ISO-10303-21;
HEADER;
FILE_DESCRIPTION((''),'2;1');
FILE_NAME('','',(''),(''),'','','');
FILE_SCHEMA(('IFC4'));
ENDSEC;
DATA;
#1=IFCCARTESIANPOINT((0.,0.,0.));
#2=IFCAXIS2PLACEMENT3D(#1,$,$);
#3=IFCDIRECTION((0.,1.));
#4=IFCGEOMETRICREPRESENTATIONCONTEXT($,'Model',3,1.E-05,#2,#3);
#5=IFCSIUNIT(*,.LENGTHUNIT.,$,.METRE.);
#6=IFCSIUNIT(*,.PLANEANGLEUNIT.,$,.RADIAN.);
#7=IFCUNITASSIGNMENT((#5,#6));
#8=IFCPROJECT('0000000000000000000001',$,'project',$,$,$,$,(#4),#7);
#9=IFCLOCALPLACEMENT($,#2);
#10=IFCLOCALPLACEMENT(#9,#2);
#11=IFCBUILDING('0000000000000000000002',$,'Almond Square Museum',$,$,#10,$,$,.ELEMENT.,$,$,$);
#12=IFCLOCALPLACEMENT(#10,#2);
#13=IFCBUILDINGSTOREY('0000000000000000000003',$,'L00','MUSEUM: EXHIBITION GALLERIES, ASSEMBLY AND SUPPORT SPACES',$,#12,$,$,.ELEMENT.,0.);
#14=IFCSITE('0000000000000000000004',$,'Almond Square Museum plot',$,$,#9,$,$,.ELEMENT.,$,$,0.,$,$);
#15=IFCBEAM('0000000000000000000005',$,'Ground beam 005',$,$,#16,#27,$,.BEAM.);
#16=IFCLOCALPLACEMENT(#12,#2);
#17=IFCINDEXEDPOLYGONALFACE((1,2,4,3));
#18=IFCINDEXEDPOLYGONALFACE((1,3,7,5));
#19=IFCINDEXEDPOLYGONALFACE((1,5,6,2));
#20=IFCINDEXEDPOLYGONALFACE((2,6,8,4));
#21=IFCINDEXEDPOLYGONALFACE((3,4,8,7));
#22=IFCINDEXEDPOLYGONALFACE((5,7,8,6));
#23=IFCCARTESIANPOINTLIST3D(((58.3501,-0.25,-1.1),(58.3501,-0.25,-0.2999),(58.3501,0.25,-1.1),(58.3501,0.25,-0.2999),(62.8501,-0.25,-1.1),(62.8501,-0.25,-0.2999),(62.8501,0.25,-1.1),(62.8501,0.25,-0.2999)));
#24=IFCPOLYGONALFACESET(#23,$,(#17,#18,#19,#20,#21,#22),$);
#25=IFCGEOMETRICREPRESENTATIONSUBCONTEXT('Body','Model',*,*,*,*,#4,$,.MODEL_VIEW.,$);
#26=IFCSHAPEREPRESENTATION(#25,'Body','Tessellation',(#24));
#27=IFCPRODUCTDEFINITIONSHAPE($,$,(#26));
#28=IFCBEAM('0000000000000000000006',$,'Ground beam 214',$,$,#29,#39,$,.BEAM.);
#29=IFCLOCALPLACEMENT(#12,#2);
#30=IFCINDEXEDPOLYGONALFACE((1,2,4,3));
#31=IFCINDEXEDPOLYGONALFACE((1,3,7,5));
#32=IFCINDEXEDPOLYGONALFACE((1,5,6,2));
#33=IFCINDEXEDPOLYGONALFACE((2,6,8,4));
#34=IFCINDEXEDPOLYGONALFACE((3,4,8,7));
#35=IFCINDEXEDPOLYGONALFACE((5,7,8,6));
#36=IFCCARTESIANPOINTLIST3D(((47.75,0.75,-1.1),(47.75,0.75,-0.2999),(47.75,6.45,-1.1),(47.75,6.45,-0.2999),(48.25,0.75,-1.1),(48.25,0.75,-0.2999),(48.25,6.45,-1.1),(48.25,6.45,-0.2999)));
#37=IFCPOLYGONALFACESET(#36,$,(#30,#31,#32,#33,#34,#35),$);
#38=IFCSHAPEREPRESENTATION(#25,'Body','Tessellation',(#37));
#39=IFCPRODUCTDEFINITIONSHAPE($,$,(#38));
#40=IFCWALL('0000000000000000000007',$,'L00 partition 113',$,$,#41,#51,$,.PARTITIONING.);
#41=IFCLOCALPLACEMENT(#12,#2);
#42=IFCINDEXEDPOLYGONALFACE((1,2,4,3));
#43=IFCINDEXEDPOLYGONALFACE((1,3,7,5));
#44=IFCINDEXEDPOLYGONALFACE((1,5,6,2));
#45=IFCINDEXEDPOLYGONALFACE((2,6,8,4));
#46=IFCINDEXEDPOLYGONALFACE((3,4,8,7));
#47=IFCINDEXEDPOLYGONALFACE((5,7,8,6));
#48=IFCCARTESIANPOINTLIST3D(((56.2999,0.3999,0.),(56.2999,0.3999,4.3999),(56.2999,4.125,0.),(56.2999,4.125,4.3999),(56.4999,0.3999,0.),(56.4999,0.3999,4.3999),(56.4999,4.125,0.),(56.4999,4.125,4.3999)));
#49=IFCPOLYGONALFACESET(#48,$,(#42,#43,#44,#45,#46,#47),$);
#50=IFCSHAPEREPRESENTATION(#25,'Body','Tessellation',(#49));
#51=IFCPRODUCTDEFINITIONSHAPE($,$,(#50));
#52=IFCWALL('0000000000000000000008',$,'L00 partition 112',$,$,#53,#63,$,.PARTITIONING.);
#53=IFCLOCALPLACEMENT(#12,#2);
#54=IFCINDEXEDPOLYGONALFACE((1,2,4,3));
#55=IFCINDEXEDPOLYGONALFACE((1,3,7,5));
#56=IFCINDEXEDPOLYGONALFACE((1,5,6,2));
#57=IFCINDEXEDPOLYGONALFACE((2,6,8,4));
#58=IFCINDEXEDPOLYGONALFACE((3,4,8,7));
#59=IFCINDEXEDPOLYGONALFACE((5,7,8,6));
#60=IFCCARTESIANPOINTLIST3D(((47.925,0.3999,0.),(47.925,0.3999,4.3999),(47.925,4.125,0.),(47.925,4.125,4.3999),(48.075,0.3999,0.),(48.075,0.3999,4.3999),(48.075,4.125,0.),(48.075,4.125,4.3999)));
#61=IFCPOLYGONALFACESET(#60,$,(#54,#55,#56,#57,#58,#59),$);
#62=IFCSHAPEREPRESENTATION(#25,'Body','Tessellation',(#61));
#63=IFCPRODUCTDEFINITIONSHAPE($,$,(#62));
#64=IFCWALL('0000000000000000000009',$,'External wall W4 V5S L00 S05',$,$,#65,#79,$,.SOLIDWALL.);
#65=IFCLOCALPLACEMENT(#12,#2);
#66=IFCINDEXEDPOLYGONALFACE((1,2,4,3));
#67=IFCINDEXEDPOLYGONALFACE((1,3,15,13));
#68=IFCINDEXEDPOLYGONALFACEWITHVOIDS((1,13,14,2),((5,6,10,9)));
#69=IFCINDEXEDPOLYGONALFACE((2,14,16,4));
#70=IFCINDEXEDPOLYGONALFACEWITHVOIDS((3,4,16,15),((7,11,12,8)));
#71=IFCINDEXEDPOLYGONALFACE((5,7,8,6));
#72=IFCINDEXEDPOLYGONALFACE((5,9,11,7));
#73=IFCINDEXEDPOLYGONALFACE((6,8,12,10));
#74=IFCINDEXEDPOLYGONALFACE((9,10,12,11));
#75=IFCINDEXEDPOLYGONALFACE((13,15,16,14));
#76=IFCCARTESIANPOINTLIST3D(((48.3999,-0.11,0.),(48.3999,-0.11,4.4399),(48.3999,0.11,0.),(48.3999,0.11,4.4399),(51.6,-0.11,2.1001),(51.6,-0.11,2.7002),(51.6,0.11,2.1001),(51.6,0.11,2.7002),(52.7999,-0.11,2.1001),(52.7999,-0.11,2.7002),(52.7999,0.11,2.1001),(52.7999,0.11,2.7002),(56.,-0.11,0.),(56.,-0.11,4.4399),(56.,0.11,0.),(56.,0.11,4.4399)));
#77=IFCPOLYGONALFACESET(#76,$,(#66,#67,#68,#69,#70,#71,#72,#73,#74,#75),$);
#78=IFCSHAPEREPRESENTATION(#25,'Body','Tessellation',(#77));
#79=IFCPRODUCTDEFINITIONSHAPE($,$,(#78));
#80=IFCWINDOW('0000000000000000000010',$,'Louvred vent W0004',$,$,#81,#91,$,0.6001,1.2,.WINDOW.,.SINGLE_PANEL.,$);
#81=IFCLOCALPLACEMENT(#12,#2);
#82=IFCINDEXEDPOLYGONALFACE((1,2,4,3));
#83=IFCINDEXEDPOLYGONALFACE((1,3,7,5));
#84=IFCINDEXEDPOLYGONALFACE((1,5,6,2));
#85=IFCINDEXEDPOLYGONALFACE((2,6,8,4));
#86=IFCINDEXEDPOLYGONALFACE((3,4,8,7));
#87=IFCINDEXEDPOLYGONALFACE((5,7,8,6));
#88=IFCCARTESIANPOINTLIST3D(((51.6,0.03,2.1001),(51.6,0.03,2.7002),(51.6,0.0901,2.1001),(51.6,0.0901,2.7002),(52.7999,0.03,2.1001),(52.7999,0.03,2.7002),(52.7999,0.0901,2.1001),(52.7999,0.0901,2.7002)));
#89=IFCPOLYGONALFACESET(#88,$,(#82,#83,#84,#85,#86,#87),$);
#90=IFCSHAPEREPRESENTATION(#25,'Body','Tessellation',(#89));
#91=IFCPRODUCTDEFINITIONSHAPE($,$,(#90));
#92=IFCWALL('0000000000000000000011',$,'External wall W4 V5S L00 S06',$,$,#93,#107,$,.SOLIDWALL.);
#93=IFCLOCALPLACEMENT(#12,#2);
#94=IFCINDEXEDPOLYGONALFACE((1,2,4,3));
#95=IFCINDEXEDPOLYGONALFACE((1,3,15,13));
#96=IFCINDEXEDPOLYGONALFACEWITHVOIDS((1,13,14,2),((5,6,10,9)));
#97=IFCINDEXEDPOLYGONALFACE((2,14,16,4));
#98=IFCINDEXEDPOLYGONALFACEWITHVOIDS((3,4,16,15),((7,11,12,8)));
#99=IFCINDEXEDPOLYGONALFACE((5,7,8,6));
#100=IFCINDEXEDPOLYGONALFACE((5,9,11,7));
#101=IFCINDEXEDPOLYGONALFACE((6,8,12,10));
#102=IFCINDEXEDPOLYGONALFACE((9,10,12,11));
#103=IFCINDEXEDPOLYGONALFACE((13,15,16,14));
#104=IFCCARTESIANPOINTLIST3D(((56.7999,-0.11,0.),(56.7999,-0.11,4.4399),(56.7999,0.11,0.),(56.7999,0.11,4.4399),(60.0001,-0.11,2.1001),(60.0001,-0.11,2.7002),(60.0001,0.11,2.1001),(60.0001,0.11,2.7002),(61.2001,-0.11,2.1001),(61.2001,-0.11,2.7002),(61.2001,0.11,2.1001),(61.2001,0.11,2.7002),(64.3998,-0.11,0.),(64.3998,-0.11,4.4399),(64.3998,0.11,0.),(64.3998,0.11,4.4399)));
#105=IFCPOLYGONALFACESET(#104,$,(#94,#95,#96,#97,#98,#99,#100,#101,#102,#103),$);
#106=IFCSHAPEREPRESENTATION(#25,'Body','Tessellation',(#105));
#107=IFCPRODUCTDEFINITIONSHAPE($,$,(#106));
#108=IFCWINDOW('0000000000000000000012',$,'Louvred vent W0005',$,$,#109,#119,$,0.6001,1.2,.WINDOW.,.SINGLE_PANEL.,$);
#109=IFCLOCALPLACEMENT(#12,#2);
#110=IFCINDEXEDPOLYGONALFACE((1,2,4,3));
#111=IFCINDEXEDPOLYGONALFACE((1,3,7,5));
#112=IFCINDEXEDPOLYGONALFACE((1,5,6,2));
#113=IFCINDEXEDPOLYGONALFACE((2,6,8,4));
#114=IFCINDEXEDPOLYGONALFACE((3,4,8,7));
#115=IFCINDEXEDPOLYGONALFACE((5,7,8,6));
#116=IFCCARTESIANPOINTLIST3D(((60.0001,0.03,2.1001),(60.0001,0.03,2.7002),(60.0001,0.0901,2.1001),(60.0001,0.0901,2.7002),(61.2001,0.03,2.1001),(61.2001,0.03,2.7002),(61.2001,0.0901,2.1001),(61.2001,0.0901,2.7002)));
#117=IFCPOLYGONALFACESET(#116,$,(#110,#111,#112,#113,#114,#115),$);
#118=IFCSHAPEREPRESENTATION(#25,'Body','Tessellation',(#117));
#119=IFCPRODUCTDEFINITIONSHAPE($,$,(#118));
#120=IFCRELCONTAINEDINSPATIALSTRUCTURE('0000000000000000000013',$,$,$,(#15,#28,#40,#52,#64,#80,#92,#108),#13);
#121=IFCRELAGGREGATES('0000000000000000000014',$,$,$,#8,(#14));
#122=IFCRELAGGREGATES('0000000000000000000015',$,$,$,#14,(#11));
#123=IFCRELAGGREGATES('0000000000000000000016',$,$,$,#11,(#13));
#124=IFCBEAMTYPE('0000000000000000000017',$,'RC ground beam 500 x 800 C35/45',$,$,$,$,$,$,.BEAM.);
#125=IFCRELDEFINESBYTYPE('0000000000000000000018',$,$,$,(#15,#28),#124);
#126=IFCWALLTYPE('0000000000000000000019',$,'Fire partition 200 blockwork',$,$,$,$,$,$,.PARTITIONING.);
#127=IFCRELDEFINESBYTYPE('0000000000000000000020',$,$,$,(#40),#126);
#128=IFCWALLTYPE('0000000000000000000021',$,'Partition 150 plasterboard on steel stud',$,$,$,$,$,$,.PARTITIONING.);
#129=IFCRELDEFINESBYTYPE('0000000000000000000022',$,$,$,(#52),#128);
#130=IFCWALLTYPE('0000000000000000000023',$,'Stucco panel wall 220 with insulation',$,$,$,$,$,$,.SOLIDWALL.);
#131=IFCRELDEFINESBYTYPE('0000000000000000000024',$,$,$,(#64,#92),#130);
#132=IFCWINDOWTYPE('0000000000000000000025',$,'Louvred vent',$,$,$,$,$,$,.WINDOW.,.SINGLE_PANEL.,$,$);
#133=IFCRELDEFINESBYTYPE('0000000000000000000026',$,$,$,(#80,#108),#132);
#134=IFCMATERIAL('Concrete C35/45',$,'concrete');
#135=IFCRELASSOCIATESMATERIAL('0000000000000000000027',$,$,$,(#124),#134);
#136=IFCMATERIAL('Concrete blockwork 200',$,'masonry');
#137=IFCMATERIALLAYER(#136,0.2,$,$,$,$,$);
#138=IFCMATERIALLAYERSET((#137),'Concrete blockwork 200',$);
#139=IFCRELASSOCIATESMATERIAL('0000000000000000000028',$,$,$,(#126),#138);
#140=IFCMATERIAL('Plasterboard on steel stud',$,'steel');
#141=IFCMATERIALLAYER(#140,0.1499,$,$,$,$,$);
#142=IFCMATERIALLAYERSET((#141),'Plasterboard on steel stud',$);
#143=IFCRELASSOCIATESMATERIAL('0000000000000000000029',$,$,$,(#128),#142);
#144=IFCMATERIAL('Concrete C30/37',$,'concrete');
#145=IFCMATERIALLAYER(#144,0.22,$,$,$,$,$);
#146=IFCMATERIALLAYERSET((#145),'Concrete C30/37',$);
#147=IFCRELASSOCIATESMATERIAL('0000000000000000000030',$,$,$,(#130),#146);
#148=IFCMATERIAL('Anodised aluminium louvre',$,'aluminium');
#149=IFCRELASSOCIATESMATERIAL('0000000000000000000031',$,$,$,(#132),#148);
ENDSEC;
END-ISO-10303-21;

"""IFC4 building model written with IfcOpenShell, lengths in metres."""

from ifc_helpers import new_model, si_unit, direction, frame, frame_2d, origin, origin_2d, place, context, subcontext, project, spatial, rectangle, extrude, material, layer, layer_set, material_profile, profile_set, type_object, element, fill, save


model = new_model("IFC4")

# Units and contexts
model_context = context("Model", 3, precision=1e-05, world=origin(), true_north=direction((0.0, 1.0)))
body_context = subcontext(model_context, "Body", "Model", "MODEL_VIEW")
ifc_project = project(units=[si_unit("LENGTHUNIT", "METRE"), si_unit("PLANEANGLEUNIT", "RADIAN")], contexts=[model_context])

# Site, building, storey
site_placement = place(None, origin())
site = spatial("IfcSite", under=ifc_project, at=site_placement, Name="Almond Square Museum plot", CompositionType="ELEMENT", RefElevation=0.0)
building_placement = place(site_placement, origin())
building = spatial("IfcBuilding", under=site, at=building_placement, Name="Almond Square Museum", CompositionType="ELEMENT")
storey_placement = place(building_placement, origin())
storey = spatial("IfcBuildingStorey", under=building, at=storey_placement, Name="L00", Description="MUSEUM: EXHIBITION GALLERIES, ASSEMBLY AND SUPPORT SPACES", CompositionType="ELEMENT", Elevation=0.0)

# Beams
ifc_material_1 = material(Name="Concrete C35/45", Category="concrete")
ifc_material_profile_1 = material_profile(ifc_material_1, rectangle(XDim=0.5, YDim=0.8, at=origin_2d()))
ifc_profile_set_1 = profile_set([ifc_material_profile_1], Name="Concrete C35/45")
beam_type = type_object("IfcBeamType", Name="RC ground beam 500 x 800 C35/45", PredefinedType="BEAM", material=ifc_profile_set_1)
for number, where, z_axis, x_axis, name in (
    (1, (58.3501, 0.0, -0.7), (1.0, 0.0, 0.0), (0.0, 1.0, 0.0), "Ground beam 005"),
):
    element("IfcBeam", number, at=place(storey_placement, frame(where, z_axis=z_axis, x_axis=x_axis)), inside=storey, type_object=beam_type, Name=name, PredefinedType="BEAM", context=body_context, shape_type="SweptSolid", body=[
        extrude(rectangle(XDim=0.5, YDim=0.8, at=origin_2d()), origin(), (0.0, 0.0, 1.0), 4.5),
    ])
beam_placement = place(storey_placement, frame((48.0, 0.75, -0.7), z_axis=(0.0, 1.0, 0.0), x_axis=(-1.0, 0.0, 0.0)))
element("IfcBeam", 2, at=beam_placement, inside=storey, type_object=beam_type, Name="Ground beam 214", PredefinedType="BEAM", context=body_context, shape_type="SweptSolid", body=[
    extrude(rectangle(XDim=0.5, YDim=0.8, at=origin_2d()), origin(), (0.0, 0.0, 1.0), 5.7),
])

# Walls
ifc_material_2 = material(Name="Concrete blockwork 200", Category="masonry")
ifc_layer_1 = layer(ifc_material_2, 0.2)
ifc_layer_set_1 = layer_set([ifc_layer_1], Name="Concrete blockwork 200")
wall_type_1 = type_object("IfcWallType", Name="Fire partition 200 blockwork", PredefinedType="PARTITIONING", material=ifc_layer_set_1)
wall_1_placement = place(storey_placement, frame((56.3999, 0.3999, 0.0), z_axis=(0.0, 0.0, 1.0), x_axis=(0.0, 1.0, 0.0)))
element("IfcWall", 3, at=wall_1_placement, inside=storey, type_object=wall_type_1, Name="L00 partition 113", PredefinedType="PARTITIONING", context=body_context, shape_type="SweptSolid", body=[
    extrude(rectangle(XDim=3.7251, YDim=0.2, at=frame_2d((1.8625, 0.0))), origin(), (0.0, 0.0, 1.0), 4.3999),
])
ifc_material_3 = material(Name="Plasterboard on steel stud", Category="steel")
ifc_layer_2 = layer(ifc_material_3, 0.1499)
ifc_layer_set_2 = layer_set([ifc_layer_2], Name="Plasterboard on steel stud")
wall_type_2 = type_object("IfcWallType", Name="Partition 150 plasterboard on steel stud", PredefinedType="PARTITIONING", material=ifc_layer_set_2)
wall_2_placement = place(storey_placement, frame((48.0, 0.3999, 0.0), z_axis=(0.0, 0.0, 1.0), x_axis=(0.0, 1.0, 0.0)))
element("IfcWall", 4, at=wall_2_placement, inside=storey, type_object=wall_type_2, Name="L00 partition 112", PredefinedType="PARTITIONING", context=body_context, shape_type="SweptSolid", body=[
    extrude(rectangle(XDim=3.7251, YDim=0.1499, at=frame_2d((1.8625, 0.0))), origin(), (0.0, 0.0, 1.0), 4.3999),
])

# Walls, openings, windows
ifc_material_4 = material(Name="Concrete C30/37", Category="concrete")
ifc_layer_3 = layer(ifc_material_4, 0.22)
ifc_layer_set_3 = layer_set([ifc_layer_3], Name="Concrete C30/37")
wall_type_3 = type_object("IfcWallType", Name="Stucco panel wall 220 with insulation", PredefinedType="SOLIDWALL", material=ifc_layer_set_3)
wall_3_placement = place(storey_placement, frame((48.3999, 0.0, 0.0), z_axis=(0.0, 0.0, 1.0), x_axis=(1.0, 0.0, 0.0)))
wall_3 = element("IfcWall", 5, at=wall_3_placement, inside=storey, type_object=wall_type_3, Name="External wall W4 V5S L00 S05", PredefinedType="SOLIDWALL", context=body_context, shape_type="SweptSolid", body=[
    extrude(rectangle(XDim=7.6001, YDim=0.22, at=frame_2d((3.8, 0.0))), origin(), (0.0, 0.0, 1.0), 4.4399),
])
opening_1_placement = place(wall_3_placement, frame((3.2, 0.0, 2.1001)))
opening_1 = element("IfcOpeningElement", 6, at=opening_1_placement, cuts=wall_3, PredefinedType="OPENING", context=body_context, shape_type="SweptSolid", body=[
    extrude(rectangle(XDim=1.2, YDim=0.6001, at=frame_2d((0.6001, 0.3))), frame((0.0, 0.1199, 0.0), z_axis=(0.0, -1.0, 0.0), x_axis=(1.0, 0.0, 0.0)), (0.0, 0.0, 1.0), 0.24),
])
ifc_material_5 = material(Name="Anodised aluminium louvre", Category="aluminium")
window_type = type_object("IfcWindowType", Name="Louvred vent", PartitioningType="SINGLE_PANEL", PredefinedType="WINDOW", material=ifc_material_5)
window_1_placement = place(opening_1_placement, origin())
window_1 = element("IfcWindow", 7, at=window_1_placement, inside=storey, type_object=window_type, Name="Louvred vent W0004", OverallHeight=0.6001, OverallWidth=1.2, PartitioningType="SINGLE_PANEL", PredefinedType="WINDOW", context=body_context, shape_type="SweptSolid", body=[
    extrude(rectangle(XDim=1.2, YDim=0.6001, at=frame_2d((0.6001, 0.3))), frame((0.0, 0.0901, 0.0), z_axis=(0.0, -1.0, 0.0), x_axis=(1.0, 0.0, 0.0)), (0.0, 0.0, 1.0), 0.0601),
])
fill(opening_1, window_1)
wall_4_placement = place(storey_placement, frame((56.8, 0.0, 0.0), z_axis=(0.0, 0.0, 1.0), x_axis=(1.0, 0.0, 0.0)))
wall_4 = element("IfcWall", 8, at=wall_4_placement, inside=storey, type_object=wall_type_3, Name="External wall W4 V5S L00 S06", PredefinedType="SOLIDWALL", context=body_context, shape_type="SweptSolid", body=[
    extrude(rectangle(XDim=7.5999, YDim=0.22, at=frame_2d((3.7998, 0.0))), origin(), (0.0, 0.0, 1.0), 4.4399),
])
opening_2_placement = place(wall_4_placement, frame((3.2, 0.0, 2.1001)))
opening_2 = element("IfcOpeningElement", 9, at=opening_2_placement, cuts=wall_4, PredefinedType="OPENING", context=body_context, shape_type="SweptSolid", body=[
    extrude(rectangle(XDim=1.2, YDim=0.6001, at=frame_2d((0.6001, 0.3))), frame((0.0, 0.1199, 0.0), z_axis=(0.0, -1.0, 0.0), x_axis=(1.0, 0.0, 0.0)), (0.0, 0.0, 1.0), 0.24),
])
window_2_placement = place(opening_2_placement, origin())
window_2 = element("IfcWindow", 10, at=window_2_placement, inside=storey, type_object=window_type, Name="Louvred vent W0005", OverallHeight=0.6001, OverallWidth=1.2, PartitioningType="SINGLE_PANEL", PredefinedType="WINDOW", context=body_context, shape_type="SweptSolid", body=[
    extrude(rectangle(XDim=1.2, YDim=0.6001, at=frame_2d((0.6001, 0.3))), frame((0.0, 0.0901, 0.0), z_axis=(0.0, -1.0, 0.0), x_axis=(1.0, 0.0, 0.0)), (0.0, 0.0, 1.0), 0.0601),
])
fill(opening_2, window_2)

save(model, "model.ifc")
